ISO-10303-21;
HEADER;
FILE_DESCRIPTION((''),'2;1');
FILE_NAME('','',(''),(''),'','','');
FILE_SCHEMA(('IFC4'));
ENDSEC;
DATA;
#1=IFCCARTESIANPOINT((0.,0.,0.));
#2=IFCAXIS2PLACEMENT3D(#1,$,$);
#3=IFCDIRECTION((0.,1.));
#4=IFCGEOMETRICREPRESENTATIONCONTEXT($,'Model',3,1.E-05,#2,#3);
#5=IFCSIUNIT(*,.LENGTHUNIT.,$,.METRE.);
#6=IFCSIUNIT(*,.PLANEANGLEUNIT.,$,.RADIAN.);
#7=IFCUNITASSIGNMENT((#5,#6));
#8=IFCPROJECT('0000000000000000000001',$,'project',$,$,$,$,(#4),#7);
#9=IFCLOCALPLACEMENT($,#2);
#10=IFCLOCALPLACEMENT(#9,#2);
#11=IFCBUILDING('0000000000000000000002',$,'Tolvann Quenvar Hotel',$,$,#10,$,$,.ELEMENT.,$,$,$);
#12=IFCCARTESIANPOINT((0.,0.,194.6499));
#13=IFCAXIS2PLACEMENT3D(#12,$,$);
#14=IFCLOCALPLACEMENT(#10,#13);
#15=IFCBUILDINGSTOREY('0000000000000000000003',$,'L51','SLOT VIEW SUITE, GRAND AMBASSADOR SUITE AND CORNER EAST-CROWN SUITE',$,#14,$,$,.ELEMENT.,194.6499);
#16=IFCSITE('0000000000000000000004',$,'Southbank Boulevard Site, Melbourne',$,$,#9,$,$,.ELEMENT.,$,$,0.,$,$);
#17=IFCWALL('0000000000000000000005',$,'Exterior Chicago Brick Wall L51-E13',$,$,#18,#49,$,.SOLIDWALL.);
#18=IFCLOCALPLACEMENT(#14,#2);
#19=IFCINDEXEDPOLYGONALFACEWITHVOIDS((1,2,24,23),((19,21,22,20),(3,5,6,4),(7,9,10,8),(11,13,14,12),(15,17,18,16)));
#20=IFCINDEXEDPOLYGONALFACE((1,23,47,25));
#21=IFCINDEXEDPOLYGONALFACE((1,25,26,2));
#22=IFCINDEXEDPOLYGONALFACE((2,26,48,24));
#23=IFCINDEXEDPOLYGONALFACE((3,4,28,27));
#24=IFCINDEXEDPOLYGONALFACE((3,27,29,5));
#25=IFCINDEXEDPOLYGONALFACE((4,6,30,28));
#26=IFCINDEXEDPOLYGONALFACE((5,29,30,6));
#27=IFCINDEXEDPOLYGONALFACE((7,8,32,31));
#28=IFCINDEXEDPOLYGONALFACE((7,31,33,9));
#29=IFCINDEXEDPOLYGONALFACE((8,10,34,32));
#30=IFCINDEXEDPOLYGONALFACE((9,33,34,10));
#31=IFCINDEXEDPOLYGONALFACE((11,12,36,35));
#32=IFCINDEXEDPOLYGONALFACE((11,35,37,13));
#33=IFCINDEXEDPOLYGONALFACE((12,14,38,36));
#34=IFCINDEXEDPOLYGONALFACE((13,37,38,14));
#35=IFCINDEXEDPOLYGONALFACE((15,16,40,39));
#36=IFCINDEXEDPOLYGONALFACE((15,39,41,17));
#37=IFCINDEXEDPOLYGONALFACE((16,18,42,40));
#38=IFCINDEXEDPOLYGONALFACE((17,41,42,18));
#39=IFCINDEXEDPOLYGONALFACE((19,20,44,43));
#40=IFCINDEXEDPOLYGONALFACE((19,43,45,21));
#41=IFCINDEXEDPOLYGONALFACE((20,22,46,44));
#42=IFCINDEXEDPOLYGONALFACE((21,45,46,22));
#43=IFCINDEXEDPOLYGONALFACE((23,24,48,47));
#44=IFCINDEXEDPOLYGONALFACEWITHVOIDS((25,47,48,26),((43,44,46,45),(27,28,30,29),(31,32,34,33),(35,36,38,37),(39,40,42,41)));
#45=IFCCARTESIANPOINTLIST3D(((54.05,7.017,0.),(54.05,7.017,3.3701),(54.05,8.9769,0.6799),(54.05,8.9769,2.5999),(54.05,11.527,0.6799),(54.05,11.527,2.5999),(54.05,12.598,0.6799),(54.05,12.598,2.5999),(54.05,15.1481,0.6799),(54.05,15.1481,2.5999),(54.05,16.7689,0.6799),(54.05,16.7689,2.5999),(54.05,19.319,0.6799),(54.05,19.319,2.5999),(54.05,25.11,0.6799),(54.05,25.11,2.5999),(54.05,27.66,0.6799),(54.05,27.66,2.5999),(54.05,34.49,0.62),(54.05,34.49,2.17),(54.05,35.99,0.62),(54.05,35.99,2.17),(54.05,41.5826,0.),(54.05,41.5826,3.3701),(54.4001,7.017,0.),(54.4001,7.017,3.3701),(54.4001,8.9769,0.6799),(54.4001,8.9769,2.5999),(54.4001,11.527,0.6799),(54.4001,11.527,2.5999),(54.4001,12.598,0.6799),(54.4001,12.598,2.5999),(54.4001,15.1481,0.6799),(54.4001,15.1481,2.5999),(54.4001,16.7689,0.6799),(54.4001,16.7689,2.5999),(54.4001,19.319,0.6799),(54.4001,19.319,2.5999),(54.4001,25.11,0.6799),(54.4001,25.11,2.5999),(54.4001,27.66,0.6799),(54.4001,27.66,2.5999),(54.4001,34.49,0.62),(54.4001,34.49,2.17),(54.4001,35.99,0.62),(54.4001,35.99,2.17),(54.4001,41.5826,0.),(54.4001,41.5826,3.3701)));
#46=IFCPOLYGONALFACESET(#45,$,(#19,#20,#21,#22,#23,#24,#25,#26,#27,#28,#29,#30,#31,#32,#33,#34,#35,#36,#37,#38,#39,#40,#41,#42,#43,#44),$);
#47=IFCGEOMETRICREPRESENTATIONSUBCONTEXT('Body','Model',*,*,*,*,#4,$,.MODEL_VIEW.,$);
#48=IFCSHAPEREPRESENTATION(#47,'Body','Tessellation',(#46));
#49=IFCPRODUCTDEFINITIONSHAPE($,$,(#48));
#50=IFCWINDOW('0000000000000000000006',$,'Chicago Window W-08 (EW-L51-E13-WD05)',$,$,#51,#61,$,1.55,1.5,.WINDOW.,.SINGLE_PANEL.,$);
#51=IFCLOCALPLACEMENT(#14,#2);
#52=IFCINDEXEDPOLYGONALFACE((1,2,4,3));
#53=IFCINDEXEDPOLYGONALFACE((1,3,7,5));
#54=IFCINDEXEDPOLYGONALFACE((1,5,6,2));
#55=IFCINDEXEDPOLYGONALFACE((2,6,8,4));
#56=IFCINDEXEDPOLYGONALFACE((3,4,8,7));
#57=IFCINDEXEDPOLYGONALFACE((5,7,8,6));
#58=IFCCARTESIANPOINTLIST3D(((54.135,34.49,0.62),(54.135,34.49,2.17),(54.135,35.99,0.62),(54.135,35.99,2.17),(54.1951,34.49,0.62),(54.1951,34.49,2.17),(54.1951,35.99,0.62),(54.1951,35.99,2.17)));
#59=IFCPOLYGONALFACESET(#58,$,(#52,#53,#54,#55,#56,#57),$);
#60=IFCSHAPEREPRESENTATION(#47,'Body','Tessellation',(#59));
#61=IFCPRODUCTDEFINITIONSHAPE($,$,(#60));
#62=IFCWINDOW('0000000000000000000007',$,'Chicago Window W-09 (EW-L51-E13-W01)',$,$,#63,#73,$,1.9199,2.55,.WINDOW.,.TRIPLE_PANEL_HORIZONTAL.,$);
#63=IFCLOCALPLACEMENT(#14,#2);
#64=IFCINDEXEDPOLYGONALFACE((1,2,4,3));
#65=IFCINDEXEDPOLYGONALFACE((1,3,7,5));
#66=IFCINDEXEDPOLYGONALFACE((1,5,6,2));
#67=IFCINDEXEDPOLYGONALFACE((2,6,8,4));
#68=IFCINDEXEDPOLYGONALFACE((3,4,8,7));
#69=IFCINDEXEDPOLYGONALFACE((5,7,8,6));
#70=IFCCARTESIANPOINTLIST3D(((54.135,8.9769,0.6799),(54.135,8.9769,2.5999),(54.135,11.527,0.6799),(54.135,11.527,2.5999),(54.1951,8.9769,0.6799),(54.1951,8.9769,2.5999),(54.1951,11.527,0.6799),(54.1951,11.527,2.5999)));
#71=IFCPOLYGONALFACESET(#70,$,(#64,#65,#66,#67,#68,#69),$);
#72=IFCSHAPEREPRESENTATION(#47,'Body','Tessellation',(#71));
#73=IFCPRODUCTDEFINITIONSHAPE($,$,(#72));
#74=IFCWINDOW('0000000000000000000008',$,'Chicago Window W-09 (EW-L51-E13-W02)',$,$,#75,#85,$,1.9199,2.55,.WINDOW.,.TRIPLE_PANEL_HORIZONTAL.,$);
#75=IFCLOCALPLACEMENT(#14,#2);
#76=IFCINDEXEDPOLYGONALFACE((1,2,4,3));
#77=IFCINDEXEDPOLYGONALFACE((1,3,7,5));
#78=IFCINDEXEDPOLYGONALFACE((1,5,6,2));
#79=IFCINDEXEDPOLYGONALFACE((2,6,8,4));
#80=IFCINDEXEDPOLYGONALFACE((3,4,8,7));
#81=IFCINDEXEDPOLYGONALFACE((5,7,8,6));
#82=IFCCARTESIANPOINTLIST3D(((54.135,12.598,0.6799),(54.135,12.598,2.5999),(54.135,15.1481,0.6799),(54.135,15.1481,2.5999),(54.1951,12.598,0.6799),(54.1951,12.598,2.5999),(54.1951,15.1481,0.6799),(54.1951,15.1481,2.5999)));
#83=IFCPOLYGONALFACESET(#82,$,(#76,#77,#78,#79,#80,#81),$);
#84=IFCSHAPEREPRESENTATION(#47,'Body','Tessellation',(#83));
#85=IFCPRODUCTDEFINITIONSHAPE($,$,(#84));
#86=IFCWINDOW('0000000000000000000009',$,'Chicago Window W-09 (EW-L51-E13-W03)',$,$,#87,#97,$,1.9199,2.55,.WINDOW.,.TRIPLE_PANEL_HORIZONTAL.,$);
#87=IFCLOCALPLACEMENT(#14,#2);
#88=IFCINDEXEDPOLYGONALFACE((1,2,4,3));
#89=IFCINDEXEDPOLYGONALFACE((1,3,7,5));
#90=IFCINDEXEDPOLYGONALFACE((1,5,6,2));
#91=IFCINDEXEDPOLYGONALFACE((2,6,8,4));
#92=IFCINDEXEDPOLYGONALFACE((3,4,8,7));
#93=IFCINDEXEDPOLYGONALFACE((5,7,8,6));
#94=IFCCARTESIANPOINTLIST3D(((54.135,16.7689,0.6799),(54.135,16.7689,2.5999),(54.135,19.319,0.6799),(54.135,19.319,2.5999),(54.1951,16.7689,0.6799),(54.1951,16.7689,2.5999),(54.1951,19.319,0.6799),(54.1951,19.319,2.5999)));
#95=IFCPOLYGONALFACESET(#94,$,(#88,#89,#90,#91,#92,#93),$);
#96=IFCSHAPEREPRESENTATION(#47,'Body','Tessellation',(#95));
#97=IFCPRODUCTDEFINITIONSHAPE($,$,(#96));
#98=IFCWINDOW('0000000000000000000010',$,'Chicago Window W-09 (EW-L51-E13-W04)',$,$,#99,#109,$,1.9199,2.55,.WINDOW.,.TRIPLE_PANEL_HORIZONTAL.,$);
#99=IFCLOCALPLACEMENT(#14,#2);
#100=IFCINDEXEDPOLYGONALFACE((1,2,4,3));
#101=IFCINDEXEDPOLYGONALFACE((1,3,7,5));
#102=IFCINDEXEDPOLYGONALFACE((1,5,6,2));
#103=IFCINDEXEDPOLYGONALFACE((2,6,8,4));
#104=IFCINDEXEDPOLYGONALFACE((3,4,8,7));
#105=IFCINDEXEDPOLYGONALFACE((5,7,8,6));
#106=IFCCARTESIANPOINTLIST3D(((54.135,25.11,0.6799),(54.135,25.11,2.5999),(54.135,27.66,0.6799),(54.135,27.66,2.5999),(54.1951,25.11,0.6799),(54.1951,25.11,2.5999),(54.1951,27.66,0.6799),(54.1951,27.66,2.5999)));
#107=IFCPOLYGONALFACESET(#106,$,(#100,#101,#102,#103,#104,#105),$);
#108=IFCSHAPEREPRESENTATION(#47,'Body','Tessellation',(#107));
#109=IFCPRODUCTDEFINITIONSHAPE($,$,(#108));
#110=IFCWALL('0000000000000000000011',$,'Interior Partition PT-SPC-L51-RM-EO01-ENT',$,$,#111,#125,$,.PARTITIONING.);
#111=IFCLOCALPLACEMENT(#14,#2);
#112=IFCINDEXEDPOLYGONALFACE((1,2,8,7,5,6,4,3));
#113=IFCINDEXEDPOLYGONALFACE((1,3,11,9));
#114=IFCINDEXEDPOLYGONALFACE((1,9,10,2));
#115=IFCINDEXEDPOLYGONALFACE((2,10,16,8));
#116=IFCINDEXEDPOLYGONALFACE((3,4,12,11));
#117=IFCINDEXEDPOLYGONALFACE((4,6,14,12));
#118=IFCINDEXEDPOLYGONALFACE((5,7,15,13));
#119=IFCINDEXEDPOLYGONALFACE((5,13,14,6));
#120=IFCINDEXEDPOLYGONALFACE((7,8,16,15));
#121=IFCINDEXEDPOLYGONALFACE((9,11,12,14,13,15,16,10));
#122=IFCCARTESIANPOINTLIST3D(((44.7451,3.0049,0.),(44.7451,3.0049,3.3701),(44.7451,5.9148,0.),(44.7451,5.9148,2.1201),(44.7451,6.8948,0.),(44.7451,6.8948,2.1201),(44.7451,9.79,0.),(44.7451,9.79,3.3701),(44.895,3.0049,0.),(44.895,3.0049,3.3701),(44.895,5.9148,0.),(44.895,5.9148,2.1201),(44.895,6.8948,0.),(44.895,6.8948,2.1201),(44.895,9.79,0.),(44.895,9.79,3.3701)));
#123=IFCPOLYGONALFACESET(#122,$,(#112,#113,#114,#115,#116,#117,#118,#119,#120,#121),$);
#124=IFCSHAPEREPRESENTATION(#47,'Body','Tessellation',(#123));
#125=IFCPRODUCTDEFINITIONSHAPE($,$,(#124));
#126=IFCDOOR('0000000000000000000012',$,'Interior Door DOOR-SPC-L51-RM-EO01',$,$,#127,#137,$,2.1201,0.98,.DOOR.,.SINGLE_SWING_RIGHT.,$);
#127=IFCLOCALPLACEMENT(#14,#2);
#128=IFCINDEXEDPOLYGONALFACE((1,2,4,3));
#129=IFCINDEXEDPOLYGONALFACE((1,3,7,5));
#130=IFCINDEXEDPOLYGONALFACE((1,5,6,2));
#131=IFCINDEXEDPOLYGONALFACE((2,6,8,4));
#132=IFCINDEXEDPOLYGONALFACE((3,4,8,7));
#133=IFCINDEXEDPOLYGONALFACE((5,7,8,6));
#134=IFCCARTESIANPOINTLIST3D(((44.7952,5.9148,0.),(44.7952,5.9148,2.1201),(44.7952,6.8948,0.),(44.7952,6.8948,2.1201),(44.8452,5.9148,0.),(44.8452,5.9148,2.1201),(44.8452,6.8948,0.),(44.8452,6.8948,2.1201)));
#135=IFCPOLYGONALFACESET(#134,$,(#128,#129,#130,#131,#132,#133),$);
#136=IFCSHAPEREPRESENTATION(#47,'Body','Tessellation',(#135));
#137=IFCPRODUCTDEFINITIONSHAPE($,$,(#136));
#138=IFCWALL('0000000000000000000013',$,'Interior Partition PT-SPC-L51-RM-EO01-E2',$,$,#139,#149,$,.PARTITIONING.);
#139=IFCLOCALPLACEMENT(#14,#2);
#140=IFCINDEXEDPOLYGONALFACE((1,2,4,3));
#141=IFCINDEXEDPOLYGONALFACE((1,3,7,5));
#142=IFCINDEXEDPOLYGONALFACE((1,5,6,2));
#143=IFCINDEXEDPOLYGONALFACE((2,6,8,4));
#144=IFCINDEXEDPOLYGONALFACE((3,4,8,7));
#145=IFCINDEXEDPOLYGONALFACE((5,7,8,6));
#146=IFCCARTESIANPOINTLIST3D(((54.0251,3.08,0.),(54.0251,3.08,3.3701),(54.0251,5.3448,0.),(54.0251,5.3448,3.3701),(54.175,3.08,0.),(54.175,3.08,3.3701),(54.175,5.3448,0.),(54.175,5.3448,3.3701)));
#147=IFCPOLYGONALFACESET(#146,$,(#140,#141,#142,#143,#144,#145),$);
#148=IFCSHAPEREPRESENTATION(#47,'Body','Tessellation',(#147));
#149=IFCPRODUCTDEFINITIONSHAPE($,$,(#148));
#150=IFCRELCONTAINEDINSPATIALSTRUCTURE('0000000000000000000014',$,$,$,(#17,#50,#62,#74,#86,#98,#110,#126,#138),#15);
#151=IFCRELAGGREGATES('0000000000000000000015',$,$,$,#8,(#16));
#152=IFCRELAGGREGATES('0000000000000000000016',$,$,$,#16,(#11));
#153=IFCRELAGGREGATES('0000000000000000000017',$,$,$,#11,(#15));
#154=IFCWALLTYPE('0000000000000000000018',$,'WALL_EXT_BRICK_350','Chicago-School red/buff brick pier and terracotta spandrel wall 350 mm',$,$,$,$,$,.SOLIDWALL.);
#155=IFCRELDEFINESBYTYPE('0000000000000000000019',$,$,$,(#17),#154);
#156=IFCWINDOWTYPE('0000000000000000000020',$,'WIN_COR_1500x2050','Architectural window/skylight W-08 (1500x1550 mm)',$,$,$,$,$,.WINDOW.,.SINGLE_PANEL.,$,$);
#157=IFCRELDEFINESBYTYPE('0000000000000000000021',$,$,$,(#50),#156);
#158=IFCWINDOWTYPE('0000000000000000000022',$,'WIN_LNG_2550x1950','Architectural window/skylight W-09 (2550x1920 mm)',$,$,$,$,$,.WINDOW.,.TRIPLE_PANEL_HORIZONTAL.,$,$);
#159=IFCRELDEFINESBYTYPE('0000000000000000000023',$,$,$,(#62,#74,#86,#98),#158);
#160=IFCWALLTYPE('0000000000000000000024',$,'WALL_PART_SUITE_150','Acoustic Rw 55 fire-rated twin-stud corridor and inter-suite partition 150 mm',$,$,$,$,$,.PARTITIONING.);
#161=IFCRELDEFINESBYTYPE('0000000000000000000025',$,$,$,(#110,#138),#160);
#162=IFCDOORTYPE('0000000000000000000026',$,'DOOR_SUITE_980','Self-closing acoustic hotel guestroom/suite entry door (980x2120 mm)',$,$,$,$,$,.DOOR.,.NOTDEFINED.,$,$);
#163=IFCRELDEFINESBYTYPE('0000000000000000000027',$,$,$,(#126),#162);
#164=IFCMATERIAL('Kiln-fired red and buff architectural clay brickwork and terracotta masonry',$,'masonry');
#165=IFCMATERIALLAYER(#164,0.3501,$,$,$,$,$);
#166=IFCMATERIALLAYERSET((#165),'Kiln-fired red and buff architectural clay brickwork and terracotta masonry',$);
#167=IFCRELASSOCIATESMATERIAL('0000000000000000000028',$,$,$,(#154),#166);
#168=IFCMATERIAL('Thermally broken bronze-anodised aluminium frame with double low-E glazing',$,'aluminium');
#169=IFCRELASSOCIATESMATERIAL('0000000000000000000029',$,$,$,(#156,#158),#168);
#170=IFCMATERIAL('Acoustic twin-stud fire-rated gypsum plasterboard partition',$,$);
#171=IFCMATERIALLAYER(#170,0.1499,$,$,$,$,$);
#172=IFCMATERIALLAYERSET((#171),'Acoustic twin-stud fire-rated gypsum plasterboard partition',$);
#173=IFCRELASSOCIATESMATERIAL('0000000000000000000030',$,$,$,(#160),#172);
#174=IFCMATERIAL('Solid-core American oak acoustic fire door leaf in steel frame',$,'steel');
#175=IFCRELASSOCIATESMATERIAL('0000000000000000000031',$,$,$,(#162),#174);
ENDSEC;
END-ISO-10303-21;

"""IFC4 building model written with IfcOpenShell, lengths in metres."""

from ifc_helpers import new_model, si_unit, direction, frame, frame_2d, origin, place, context, subcontext, project, spatial, rectangle, extrude, source, transform, mapped, material, layer, layer_set, type_object, type_shapes, element, fill, save


model = new_model("IFC4")

# Units and contexts
model_context = context("Model", 3, precision=1e-05, world=origin(), true_north=direction((0.0, 1.0)))
body_context = subcontext(model_context, "Body", "Model", "MODEL_VIEW")
ifc_project = project(units=[si_unit("LENGTHUNIT", "METRE"), si_unit("PLANEANGLEUNIT", "RADIAN")], contexts=[model_context])

# Site, building, storey
site_placement = place(None, origin())
site = spatial("IfcSite", under=ifc_project, at=site_placement, Name="Southbank Boulevard Site, Melbourne", CompositionType="ELEMENT", RefElevation=0.0)
building_placement = place(site_placement, origin())
building = spatial("IfcBuilding", under=site, at=building_placement, Name="Tolvann Quenvar Hotel", CompositionType="ELEMENT")
storey_placement = place(building_placement, frame((0.0, 0.0, 194.6499)))
storey = spatial("IfcBuildingStorey", under=building, at=storey_placement, Name="L51", Description="SLOT VIEW SUITE, GRAND AMBASSADOR SUITE AND CORNER EAST-CROWN SUITE", CompositionType="ELEMENT", Elevation=194.6499)

# Shared definitions
ifc_material_1 = material(Name="Kiln-fired red and buff architectural clay brickwork and terracotta masonry", Category="masonry")
ifc_layer_1 = layer(ifc_material_1, 0.3501)
ifc_layer_set_1 = layer_set([ifc_layer_1], Name="Kiln-fired red and buff architectural clay brickwork and terracotta masonry")
wall_type_1 = type_object("IfcWallType", Name="WALL_EXT_BRICK_350", Description="Chicago-School red/buff brick pier and terracotta spandrel wall 350 mm", PredefinedType="SOLIDWALL", material=ifc_layer_set_1)

# Wall, openings, windows
wall_1_placement = place(storey_placement, frame((54.2251, 7.0171, 0.0), z_axis=(0.0, 0.0, 1.0), x_axis=(0.0, 1.0, 0.0)))
wall_1 = element("IfcWall", 1, at=wall_1_placement, inside=storey, type_object=wall_type_1, Name="Exterior Chicago Brick Wall L51-E13", PredefinedType="SOLIDWALL", context=body_context, shape_type="SweptSolid", body=[
    extrude(rectangle(XDim=34.5657, YDim=0.3501, at=frame_2d((17.2827, 0.0))), origin(), (0.0, 0.0, 1.0), 3.3701),
])
opening_1_placement = place(wall_1_placement, frame((1.96, 0.0, 0.6799)))
opening_1 = element("IfcOpeningElement", 2, at=opening_1_placement, cuts=wall_1, PredefinedType="OPENING", context=body_context, shape_type="SweptSolid", body=[
    extrude(rectangle(XDim=2.55, YDim=1.9199, at=frame_2d((1.2749, 0.96))), frame((0.0, 0.1851, 0.0), z_axis=(0.0, -1.0, 0.0), x_axis=(1.0, 0.0, 0.0)), (0.0, 0.0, 1.0), 0.3701),
])
opening_2_placement = place(wall_1_placement, frame((5.5811, 0.0, 0.6799)))
opening_2 = element("IfcOpeningElement", 3, at=opening_2_placement, cuts=wall_1, PredefinedType="OPENING", context=body_context, shape_type="SweptSolid", body=[
    extrude(rectangle(XDim=2.55, YDim=1.9199, at=frame_2d((1.2749, 0.96))), frame((0.0, 0.1851, 0.0), z_axis=(0.0, -1.0, 0.0), x_axis=(1.0, 0.0, 0.0)), (0.0, 0.0, 1.0), 0.3701),
])
opening_3_placement = place(wall_1_placement, frame((9.752, 0.0, 0.6799)))
opening_3 = element("IfcOpeningElement", 4, at=opening_3_placement, cuts=wall_1, PredefinedType="OPENING", context=body_context, shape_type="SweptSolid", body=[
    extrude(rectangle(XDim=2.55, YDim=1.9199, at=frame_2d((1.2749, 0.96))), frame((0.0, 0.1851, 0.0), z_axis=(0.0, -1.0, 0.0), x_axis=(1.0, 0.0, 0.0)), (0.0, 0.0, 1.0), 0.3701),
])
opening_4_placement = place(wall_1_placement, frame((18.093, 0.0, 0.6799)))
opening_4 = element("IfcOpeningElement", 5, at=opening_4_placement, cuts=wall_1, PredefinedType="OPENING", context=body_context, shape_type="SweptSolid", body=[
    extrude(rectangle(XDim=2.55, YDim=1.9199, at=frame_2d((1.2749, 0.96))), frame((0.0, 0.1851, 0.0), z_axis=(0.0, -1.0, 0.0), x_axis=(1.0, 0.0, 0.0)), (0.0, 0.0, 1.0), 0.3701),
])
opening_5_placement = place(wall_1_placement, frame((27.4729, 0.0, 0.6201)))
opening_5 = element("IfcOpeningElement", 6, at=opening_5_placement, cuts=wall_1, PredefinedType="OPENING", context=body_context, shape_type="SweptSolid", body=[
    extrude(rectangle(XDim=1.5, YDim=1.55, at=frame_2d((0.75, 0.7749))), frame((0.0, 0.1851, 0.0), z_axis=(0.0, -1.0, 0.0), x_axis=(1.0, 0.0, 0.0)), (0.0, 0.0, 1.0), 0.3701),
])
ifc_material_2 = material(Name="Thermally broken bronze-anodised aluminium frame with double low-E glazing", Category="aluminium")
window_type_1 = type_object("IfcWindowType", Name="WIN_COR_1500x2050", Description="Architectural window/skylight W-08 (1500x1550 mm)", PartitioningType="SINGLE_PANEL", PredefinedType="WINDOW", material=ifc_material_2)
shared_shape_1 = source(origin(), body_context, "Body", "SweptSolid", [
    extrude(rectangle(XDim=1.5, YDim=1.55, at=frame_2d((0.75, 0.7749))), frame((0.0, 0.0901, 0.0), z_axis=(0.0, -1.0, 0.0), x_axis=(1.0, 0.0, 0.0)), (0.0, 0.0, 1.0), 0.0601),
])
type_shapes(window_type_1, [shared_shape_1])
window_1_placement = place(opening_5_placement, origin())
window_1 = element("IfcWindow", 7, at=window_1_placement, inside=storey, type_object=window_type_1, Name="Chicago Window W-08 (EW-L51-E13-WD05)", OverallHeight=1.55, OverallWidth=1.5, PartitioningType="SINGLE_PANEL", PredefinedType="WINDOW", context=body_context, shape_type="MappedRepresentation", body=[
    mapped(shared_shape_1, transform((0.0, 0.0, 0.0), x_axis=(1.0, 0.0, 0.0), y_axis=(0.0, 1.0, 0.0), z_axis=(0.0, 0.0, 1.0), scale=1.0)),
])
fill(opening_5, window_1)
window_type_2 = type_object("IfcWindowType", Name="WIN_LNG_2550x1950", Description="Architectural window/skylight W-09 (2550x1920 mm)", PartitioningType="TRIPLE_PANEL_HORIZONTAL", PredefinedType="WINDOW", material=ifc_material_2)
shared_shape_2 = source(origin(), body_context, "Body", "SweptSolid", [
    extrude(rectangle(XDim=2.55, YDim=1.9199, at=frame_2d((1.2749, 0.96))), frame((0.0, 0.0901, 0.0), z_axis=(0.0, -1.0, 0.0), x_axis=(1.0, 0.0, 0.0)), (0.0, 0.0, 1.0), 0.0601),
])
type_shapes(window_type_2, [shared_shape_2])
window_2_placement = place(opening_1_placement, origin())
window_2 = element("IfcWindow", 8, at=window_2_placement, inside=storey, type_object=window_type_2, Name="Chicago Window W-09 (EW-L51-E13-W01)", OverallHeight=1.9199, OverallWidth=2.55, PartitioningType="TRIPLE_PANEL_HORIZONTAL", PredefinedType="WINDOW", context=body_context, shape_type="MappedRepresentation", body=[
    mapped(shared_shape_2, transform((0.0, 0.0, 0.0), x_axis=(1.0, 0.0, 0.0), y_axis=(0.0, 1.0, 0.0), z_axis=(0.0, 0.0, 1.0), scale=1.0)),
])
fill(opening_1, window_2)
window_3_placement = place(opening_2_placement, origin())
window_3 = element("IfcWindow", 9, at=window_3_placement, inside=storey, type_object=window_type_2, Name="Chicago Window W-09 (EW-L51-E13-W02)", OverallHeight=1.9199, OverallWidth=2.55, PartitioningType="TRIPLE_PANEL_HORIZONTAL", PredefinedType="WINDOW", context=body_context, shape_type="MappedRepresentation", body=[
    mapped(shared_shape_2, transform((0.0, 0.0, 0.0), x_axis=(1.0, 0.0, 0.0), y_axis=(0.0, 1.0, 0.0), z_axis=(0.0, 0.0, 1.0), scale=1.0)),
])
fill(opening_2, window_3)
window_4_placement = place(opening_3_placement, origin())
window_4 = element("IfcWindow", 10, at=window_4_placement, inside=storey, type_object=window_type_2, Name="Chicago Window W-09 (EW-L51-E13-W03)", OverallHeight=1.9199, OverallWidth=2.55, PartitioningType="TRIPLE_PANEL_HORIZONTAL", PredefinedType="WINDOW", context=body_context, shape_type="MappedRepresentation", body=[
    mapped(shared_shape_2, transform((0.0, 0.0, 0.0), x_axis=(1.0, 0.0, 0.0), y_axis=(0.0, 1.0, 0.0), z_axis=(0.0, 0.0, 1.0), scale=1.0)),
])
fill(opening_3, window_4)
window_5_placement = place(opening_4_placement, origin())
window_5 = element("IfcWindow", 11, at=window_5_placement, inside=storey, type_object=window_type_2, Name="Chicago Window W-09 (EW-L51-E13-W04)", OverallHeight=1.9199, OverallWidth=2.55, PartitioningType="TRIPLE_PANEL_HORIZONTAL", PredefinedType="WINDOW", context=body_context, shape_type="MappedRepresentation", body=[
    mapped(shared_shape_2, transform((0.0, 0.0, 0.0), x_axis=(1.0, 0.0, 0.0), y_axis=(0.0, 1.0, 0.0), z_axis=(0.0, 0.0, 1.0), scale=1.0)),
])
fill(opening_4, window_5)

# Wall, opening, door
ifc_material_3 = material(Name="Acoustic twin-stud fire-rated gypsum plasterboard partition")
ifc_layer_2 = layer(ifc_material_3, 0.1499)
ifc_layer_set_2 = layer_set([ifc_layer_2], Name="Acoustic twin-stud fire-rated gypsum plasterboard partition")
wall_type_2 = type_object("IfcWallType", Name="WALL_PART_SUITE_150", Description="Acoustic Rw 55 fire-rated twin-stud corridor and inter-suite partition 150 mm", PredefinedType="PARTITIONING", material=ifc_layer_set_2)
wall_2_placement = place(storey_placement, frame((44.8201, 3.0049, 0.0), z_axis=(0.0, 0.0, 1.0), x_axis=(0.0, 1.0, 0.0)))
wall_2 = element("IfcWall", 12, at=wall_2_placement, inside=storey, type_object=wall_type_2, Name="Interior Partition PT-SPC-L51-RM-EO01-ENT", PredefinedType="PARTITIONING", context=body_context, shape_type="SweptSolid", body=[
    extrude(rectangle(XDim=6.7852, YDim=0.1499, at=frame_2d((3.3926, 0.0))), origin(), (0.0, 0.0, 1.0), 3.3701),
])
opening_6_placement = place(wall_2_placement, frame((2.9099, 0.0, 0.0)))
opening_6 = element("IfcOpeningElement", 13, at=opening_6_placement, cuts=wall_2, PredefinedType="OPENING", context=body_context, shape_type="SweptSolid", body=[
    extrude(rectangle(XDim=0.98, YDim=2.1201, at=frame_2d((0.49, 1.0601))), frame((0.0, 0.085, 0.0), z_axis=(0.0, -1.0, 0.0), x_axis=(1.0, 0.0, 0.0)), (0.0, 0.0, 1.0), 0.1699),
])
ifc_material_4 = material(Name="Solid-core American oak acoustic fire door leaf in steel frame", Category="steel")
door_type = type_object("IfcDoorType", Name="DOOR_SUITE_980", Description="Self-closing acoustic hotel guestroom/suite entry door (980x2120 mm)", OperationType="NOTDEFINED", PredefinedType="DOOR", material=ifc_material_4)
shared_shape_3 = source(origin(), body_context, "Body", "SweptSolid", [
    extrude(rectangle(XDim=0.98, YDim=2.1201, at=frame_2d((0.49, 1.0601))), frame((0.0, 0.0249, 0.0), z_axis=(0.0, -1.0, 0.0), x_axis=(1.0, 0.0, 0.0)), (0.0, 0.0, 1.0), 0.05),
])
type_shapes(door_type, [shared_shape_3])
door_placement = place(opening_6_placement, origin())
door = element("IfcDoor", 14, at=door_placement, inside=storey, type_object=door_type, Name="Interior Door DOOR-SPC-L51-RM-EO01", OperationType="SINGLE_SWING_RIGHT", OverallHeight=2.1201, OverallWidth=0.98, PredefinedType="DOOR", context=body_context, shape_type="MappedRepresentation", body=[
    mapped(shared_shape_3, transform((0.0, 0.0, 0.0), x_axis=(1.0, 0.0, 0.0), y_axis=(0.0, 1.0, 0.0), z_axis=(0.0, 0.0, 1.0), scale=1.0)),
])
fill(opening_6, door)

# Wall
wall_3_placement = place(storey_placement, frame((54.1001, 3.0801, 0.0), z_axis=(0.0, 0.0, 1.0), x_axis=(0.0, 1.0, 0.0)))
element("IfcWall", 15, at=wall_3_placement, inside=storey, type_object=wall_type_2, Name="Interior Partition PT-SPC-L51-RM-EO01-E2", PredefinedType="PARTITIONING", context=body_context, shape_type="SweptSolid", body=[
    extrude(rectangle(XDim=2.2649, YDim=0.1499, at=frame_2d((1.1323, 0.0))), origin(), (0.0, 0.0, 1.0), 3.3701),
])

save(model, "model.ifc")
